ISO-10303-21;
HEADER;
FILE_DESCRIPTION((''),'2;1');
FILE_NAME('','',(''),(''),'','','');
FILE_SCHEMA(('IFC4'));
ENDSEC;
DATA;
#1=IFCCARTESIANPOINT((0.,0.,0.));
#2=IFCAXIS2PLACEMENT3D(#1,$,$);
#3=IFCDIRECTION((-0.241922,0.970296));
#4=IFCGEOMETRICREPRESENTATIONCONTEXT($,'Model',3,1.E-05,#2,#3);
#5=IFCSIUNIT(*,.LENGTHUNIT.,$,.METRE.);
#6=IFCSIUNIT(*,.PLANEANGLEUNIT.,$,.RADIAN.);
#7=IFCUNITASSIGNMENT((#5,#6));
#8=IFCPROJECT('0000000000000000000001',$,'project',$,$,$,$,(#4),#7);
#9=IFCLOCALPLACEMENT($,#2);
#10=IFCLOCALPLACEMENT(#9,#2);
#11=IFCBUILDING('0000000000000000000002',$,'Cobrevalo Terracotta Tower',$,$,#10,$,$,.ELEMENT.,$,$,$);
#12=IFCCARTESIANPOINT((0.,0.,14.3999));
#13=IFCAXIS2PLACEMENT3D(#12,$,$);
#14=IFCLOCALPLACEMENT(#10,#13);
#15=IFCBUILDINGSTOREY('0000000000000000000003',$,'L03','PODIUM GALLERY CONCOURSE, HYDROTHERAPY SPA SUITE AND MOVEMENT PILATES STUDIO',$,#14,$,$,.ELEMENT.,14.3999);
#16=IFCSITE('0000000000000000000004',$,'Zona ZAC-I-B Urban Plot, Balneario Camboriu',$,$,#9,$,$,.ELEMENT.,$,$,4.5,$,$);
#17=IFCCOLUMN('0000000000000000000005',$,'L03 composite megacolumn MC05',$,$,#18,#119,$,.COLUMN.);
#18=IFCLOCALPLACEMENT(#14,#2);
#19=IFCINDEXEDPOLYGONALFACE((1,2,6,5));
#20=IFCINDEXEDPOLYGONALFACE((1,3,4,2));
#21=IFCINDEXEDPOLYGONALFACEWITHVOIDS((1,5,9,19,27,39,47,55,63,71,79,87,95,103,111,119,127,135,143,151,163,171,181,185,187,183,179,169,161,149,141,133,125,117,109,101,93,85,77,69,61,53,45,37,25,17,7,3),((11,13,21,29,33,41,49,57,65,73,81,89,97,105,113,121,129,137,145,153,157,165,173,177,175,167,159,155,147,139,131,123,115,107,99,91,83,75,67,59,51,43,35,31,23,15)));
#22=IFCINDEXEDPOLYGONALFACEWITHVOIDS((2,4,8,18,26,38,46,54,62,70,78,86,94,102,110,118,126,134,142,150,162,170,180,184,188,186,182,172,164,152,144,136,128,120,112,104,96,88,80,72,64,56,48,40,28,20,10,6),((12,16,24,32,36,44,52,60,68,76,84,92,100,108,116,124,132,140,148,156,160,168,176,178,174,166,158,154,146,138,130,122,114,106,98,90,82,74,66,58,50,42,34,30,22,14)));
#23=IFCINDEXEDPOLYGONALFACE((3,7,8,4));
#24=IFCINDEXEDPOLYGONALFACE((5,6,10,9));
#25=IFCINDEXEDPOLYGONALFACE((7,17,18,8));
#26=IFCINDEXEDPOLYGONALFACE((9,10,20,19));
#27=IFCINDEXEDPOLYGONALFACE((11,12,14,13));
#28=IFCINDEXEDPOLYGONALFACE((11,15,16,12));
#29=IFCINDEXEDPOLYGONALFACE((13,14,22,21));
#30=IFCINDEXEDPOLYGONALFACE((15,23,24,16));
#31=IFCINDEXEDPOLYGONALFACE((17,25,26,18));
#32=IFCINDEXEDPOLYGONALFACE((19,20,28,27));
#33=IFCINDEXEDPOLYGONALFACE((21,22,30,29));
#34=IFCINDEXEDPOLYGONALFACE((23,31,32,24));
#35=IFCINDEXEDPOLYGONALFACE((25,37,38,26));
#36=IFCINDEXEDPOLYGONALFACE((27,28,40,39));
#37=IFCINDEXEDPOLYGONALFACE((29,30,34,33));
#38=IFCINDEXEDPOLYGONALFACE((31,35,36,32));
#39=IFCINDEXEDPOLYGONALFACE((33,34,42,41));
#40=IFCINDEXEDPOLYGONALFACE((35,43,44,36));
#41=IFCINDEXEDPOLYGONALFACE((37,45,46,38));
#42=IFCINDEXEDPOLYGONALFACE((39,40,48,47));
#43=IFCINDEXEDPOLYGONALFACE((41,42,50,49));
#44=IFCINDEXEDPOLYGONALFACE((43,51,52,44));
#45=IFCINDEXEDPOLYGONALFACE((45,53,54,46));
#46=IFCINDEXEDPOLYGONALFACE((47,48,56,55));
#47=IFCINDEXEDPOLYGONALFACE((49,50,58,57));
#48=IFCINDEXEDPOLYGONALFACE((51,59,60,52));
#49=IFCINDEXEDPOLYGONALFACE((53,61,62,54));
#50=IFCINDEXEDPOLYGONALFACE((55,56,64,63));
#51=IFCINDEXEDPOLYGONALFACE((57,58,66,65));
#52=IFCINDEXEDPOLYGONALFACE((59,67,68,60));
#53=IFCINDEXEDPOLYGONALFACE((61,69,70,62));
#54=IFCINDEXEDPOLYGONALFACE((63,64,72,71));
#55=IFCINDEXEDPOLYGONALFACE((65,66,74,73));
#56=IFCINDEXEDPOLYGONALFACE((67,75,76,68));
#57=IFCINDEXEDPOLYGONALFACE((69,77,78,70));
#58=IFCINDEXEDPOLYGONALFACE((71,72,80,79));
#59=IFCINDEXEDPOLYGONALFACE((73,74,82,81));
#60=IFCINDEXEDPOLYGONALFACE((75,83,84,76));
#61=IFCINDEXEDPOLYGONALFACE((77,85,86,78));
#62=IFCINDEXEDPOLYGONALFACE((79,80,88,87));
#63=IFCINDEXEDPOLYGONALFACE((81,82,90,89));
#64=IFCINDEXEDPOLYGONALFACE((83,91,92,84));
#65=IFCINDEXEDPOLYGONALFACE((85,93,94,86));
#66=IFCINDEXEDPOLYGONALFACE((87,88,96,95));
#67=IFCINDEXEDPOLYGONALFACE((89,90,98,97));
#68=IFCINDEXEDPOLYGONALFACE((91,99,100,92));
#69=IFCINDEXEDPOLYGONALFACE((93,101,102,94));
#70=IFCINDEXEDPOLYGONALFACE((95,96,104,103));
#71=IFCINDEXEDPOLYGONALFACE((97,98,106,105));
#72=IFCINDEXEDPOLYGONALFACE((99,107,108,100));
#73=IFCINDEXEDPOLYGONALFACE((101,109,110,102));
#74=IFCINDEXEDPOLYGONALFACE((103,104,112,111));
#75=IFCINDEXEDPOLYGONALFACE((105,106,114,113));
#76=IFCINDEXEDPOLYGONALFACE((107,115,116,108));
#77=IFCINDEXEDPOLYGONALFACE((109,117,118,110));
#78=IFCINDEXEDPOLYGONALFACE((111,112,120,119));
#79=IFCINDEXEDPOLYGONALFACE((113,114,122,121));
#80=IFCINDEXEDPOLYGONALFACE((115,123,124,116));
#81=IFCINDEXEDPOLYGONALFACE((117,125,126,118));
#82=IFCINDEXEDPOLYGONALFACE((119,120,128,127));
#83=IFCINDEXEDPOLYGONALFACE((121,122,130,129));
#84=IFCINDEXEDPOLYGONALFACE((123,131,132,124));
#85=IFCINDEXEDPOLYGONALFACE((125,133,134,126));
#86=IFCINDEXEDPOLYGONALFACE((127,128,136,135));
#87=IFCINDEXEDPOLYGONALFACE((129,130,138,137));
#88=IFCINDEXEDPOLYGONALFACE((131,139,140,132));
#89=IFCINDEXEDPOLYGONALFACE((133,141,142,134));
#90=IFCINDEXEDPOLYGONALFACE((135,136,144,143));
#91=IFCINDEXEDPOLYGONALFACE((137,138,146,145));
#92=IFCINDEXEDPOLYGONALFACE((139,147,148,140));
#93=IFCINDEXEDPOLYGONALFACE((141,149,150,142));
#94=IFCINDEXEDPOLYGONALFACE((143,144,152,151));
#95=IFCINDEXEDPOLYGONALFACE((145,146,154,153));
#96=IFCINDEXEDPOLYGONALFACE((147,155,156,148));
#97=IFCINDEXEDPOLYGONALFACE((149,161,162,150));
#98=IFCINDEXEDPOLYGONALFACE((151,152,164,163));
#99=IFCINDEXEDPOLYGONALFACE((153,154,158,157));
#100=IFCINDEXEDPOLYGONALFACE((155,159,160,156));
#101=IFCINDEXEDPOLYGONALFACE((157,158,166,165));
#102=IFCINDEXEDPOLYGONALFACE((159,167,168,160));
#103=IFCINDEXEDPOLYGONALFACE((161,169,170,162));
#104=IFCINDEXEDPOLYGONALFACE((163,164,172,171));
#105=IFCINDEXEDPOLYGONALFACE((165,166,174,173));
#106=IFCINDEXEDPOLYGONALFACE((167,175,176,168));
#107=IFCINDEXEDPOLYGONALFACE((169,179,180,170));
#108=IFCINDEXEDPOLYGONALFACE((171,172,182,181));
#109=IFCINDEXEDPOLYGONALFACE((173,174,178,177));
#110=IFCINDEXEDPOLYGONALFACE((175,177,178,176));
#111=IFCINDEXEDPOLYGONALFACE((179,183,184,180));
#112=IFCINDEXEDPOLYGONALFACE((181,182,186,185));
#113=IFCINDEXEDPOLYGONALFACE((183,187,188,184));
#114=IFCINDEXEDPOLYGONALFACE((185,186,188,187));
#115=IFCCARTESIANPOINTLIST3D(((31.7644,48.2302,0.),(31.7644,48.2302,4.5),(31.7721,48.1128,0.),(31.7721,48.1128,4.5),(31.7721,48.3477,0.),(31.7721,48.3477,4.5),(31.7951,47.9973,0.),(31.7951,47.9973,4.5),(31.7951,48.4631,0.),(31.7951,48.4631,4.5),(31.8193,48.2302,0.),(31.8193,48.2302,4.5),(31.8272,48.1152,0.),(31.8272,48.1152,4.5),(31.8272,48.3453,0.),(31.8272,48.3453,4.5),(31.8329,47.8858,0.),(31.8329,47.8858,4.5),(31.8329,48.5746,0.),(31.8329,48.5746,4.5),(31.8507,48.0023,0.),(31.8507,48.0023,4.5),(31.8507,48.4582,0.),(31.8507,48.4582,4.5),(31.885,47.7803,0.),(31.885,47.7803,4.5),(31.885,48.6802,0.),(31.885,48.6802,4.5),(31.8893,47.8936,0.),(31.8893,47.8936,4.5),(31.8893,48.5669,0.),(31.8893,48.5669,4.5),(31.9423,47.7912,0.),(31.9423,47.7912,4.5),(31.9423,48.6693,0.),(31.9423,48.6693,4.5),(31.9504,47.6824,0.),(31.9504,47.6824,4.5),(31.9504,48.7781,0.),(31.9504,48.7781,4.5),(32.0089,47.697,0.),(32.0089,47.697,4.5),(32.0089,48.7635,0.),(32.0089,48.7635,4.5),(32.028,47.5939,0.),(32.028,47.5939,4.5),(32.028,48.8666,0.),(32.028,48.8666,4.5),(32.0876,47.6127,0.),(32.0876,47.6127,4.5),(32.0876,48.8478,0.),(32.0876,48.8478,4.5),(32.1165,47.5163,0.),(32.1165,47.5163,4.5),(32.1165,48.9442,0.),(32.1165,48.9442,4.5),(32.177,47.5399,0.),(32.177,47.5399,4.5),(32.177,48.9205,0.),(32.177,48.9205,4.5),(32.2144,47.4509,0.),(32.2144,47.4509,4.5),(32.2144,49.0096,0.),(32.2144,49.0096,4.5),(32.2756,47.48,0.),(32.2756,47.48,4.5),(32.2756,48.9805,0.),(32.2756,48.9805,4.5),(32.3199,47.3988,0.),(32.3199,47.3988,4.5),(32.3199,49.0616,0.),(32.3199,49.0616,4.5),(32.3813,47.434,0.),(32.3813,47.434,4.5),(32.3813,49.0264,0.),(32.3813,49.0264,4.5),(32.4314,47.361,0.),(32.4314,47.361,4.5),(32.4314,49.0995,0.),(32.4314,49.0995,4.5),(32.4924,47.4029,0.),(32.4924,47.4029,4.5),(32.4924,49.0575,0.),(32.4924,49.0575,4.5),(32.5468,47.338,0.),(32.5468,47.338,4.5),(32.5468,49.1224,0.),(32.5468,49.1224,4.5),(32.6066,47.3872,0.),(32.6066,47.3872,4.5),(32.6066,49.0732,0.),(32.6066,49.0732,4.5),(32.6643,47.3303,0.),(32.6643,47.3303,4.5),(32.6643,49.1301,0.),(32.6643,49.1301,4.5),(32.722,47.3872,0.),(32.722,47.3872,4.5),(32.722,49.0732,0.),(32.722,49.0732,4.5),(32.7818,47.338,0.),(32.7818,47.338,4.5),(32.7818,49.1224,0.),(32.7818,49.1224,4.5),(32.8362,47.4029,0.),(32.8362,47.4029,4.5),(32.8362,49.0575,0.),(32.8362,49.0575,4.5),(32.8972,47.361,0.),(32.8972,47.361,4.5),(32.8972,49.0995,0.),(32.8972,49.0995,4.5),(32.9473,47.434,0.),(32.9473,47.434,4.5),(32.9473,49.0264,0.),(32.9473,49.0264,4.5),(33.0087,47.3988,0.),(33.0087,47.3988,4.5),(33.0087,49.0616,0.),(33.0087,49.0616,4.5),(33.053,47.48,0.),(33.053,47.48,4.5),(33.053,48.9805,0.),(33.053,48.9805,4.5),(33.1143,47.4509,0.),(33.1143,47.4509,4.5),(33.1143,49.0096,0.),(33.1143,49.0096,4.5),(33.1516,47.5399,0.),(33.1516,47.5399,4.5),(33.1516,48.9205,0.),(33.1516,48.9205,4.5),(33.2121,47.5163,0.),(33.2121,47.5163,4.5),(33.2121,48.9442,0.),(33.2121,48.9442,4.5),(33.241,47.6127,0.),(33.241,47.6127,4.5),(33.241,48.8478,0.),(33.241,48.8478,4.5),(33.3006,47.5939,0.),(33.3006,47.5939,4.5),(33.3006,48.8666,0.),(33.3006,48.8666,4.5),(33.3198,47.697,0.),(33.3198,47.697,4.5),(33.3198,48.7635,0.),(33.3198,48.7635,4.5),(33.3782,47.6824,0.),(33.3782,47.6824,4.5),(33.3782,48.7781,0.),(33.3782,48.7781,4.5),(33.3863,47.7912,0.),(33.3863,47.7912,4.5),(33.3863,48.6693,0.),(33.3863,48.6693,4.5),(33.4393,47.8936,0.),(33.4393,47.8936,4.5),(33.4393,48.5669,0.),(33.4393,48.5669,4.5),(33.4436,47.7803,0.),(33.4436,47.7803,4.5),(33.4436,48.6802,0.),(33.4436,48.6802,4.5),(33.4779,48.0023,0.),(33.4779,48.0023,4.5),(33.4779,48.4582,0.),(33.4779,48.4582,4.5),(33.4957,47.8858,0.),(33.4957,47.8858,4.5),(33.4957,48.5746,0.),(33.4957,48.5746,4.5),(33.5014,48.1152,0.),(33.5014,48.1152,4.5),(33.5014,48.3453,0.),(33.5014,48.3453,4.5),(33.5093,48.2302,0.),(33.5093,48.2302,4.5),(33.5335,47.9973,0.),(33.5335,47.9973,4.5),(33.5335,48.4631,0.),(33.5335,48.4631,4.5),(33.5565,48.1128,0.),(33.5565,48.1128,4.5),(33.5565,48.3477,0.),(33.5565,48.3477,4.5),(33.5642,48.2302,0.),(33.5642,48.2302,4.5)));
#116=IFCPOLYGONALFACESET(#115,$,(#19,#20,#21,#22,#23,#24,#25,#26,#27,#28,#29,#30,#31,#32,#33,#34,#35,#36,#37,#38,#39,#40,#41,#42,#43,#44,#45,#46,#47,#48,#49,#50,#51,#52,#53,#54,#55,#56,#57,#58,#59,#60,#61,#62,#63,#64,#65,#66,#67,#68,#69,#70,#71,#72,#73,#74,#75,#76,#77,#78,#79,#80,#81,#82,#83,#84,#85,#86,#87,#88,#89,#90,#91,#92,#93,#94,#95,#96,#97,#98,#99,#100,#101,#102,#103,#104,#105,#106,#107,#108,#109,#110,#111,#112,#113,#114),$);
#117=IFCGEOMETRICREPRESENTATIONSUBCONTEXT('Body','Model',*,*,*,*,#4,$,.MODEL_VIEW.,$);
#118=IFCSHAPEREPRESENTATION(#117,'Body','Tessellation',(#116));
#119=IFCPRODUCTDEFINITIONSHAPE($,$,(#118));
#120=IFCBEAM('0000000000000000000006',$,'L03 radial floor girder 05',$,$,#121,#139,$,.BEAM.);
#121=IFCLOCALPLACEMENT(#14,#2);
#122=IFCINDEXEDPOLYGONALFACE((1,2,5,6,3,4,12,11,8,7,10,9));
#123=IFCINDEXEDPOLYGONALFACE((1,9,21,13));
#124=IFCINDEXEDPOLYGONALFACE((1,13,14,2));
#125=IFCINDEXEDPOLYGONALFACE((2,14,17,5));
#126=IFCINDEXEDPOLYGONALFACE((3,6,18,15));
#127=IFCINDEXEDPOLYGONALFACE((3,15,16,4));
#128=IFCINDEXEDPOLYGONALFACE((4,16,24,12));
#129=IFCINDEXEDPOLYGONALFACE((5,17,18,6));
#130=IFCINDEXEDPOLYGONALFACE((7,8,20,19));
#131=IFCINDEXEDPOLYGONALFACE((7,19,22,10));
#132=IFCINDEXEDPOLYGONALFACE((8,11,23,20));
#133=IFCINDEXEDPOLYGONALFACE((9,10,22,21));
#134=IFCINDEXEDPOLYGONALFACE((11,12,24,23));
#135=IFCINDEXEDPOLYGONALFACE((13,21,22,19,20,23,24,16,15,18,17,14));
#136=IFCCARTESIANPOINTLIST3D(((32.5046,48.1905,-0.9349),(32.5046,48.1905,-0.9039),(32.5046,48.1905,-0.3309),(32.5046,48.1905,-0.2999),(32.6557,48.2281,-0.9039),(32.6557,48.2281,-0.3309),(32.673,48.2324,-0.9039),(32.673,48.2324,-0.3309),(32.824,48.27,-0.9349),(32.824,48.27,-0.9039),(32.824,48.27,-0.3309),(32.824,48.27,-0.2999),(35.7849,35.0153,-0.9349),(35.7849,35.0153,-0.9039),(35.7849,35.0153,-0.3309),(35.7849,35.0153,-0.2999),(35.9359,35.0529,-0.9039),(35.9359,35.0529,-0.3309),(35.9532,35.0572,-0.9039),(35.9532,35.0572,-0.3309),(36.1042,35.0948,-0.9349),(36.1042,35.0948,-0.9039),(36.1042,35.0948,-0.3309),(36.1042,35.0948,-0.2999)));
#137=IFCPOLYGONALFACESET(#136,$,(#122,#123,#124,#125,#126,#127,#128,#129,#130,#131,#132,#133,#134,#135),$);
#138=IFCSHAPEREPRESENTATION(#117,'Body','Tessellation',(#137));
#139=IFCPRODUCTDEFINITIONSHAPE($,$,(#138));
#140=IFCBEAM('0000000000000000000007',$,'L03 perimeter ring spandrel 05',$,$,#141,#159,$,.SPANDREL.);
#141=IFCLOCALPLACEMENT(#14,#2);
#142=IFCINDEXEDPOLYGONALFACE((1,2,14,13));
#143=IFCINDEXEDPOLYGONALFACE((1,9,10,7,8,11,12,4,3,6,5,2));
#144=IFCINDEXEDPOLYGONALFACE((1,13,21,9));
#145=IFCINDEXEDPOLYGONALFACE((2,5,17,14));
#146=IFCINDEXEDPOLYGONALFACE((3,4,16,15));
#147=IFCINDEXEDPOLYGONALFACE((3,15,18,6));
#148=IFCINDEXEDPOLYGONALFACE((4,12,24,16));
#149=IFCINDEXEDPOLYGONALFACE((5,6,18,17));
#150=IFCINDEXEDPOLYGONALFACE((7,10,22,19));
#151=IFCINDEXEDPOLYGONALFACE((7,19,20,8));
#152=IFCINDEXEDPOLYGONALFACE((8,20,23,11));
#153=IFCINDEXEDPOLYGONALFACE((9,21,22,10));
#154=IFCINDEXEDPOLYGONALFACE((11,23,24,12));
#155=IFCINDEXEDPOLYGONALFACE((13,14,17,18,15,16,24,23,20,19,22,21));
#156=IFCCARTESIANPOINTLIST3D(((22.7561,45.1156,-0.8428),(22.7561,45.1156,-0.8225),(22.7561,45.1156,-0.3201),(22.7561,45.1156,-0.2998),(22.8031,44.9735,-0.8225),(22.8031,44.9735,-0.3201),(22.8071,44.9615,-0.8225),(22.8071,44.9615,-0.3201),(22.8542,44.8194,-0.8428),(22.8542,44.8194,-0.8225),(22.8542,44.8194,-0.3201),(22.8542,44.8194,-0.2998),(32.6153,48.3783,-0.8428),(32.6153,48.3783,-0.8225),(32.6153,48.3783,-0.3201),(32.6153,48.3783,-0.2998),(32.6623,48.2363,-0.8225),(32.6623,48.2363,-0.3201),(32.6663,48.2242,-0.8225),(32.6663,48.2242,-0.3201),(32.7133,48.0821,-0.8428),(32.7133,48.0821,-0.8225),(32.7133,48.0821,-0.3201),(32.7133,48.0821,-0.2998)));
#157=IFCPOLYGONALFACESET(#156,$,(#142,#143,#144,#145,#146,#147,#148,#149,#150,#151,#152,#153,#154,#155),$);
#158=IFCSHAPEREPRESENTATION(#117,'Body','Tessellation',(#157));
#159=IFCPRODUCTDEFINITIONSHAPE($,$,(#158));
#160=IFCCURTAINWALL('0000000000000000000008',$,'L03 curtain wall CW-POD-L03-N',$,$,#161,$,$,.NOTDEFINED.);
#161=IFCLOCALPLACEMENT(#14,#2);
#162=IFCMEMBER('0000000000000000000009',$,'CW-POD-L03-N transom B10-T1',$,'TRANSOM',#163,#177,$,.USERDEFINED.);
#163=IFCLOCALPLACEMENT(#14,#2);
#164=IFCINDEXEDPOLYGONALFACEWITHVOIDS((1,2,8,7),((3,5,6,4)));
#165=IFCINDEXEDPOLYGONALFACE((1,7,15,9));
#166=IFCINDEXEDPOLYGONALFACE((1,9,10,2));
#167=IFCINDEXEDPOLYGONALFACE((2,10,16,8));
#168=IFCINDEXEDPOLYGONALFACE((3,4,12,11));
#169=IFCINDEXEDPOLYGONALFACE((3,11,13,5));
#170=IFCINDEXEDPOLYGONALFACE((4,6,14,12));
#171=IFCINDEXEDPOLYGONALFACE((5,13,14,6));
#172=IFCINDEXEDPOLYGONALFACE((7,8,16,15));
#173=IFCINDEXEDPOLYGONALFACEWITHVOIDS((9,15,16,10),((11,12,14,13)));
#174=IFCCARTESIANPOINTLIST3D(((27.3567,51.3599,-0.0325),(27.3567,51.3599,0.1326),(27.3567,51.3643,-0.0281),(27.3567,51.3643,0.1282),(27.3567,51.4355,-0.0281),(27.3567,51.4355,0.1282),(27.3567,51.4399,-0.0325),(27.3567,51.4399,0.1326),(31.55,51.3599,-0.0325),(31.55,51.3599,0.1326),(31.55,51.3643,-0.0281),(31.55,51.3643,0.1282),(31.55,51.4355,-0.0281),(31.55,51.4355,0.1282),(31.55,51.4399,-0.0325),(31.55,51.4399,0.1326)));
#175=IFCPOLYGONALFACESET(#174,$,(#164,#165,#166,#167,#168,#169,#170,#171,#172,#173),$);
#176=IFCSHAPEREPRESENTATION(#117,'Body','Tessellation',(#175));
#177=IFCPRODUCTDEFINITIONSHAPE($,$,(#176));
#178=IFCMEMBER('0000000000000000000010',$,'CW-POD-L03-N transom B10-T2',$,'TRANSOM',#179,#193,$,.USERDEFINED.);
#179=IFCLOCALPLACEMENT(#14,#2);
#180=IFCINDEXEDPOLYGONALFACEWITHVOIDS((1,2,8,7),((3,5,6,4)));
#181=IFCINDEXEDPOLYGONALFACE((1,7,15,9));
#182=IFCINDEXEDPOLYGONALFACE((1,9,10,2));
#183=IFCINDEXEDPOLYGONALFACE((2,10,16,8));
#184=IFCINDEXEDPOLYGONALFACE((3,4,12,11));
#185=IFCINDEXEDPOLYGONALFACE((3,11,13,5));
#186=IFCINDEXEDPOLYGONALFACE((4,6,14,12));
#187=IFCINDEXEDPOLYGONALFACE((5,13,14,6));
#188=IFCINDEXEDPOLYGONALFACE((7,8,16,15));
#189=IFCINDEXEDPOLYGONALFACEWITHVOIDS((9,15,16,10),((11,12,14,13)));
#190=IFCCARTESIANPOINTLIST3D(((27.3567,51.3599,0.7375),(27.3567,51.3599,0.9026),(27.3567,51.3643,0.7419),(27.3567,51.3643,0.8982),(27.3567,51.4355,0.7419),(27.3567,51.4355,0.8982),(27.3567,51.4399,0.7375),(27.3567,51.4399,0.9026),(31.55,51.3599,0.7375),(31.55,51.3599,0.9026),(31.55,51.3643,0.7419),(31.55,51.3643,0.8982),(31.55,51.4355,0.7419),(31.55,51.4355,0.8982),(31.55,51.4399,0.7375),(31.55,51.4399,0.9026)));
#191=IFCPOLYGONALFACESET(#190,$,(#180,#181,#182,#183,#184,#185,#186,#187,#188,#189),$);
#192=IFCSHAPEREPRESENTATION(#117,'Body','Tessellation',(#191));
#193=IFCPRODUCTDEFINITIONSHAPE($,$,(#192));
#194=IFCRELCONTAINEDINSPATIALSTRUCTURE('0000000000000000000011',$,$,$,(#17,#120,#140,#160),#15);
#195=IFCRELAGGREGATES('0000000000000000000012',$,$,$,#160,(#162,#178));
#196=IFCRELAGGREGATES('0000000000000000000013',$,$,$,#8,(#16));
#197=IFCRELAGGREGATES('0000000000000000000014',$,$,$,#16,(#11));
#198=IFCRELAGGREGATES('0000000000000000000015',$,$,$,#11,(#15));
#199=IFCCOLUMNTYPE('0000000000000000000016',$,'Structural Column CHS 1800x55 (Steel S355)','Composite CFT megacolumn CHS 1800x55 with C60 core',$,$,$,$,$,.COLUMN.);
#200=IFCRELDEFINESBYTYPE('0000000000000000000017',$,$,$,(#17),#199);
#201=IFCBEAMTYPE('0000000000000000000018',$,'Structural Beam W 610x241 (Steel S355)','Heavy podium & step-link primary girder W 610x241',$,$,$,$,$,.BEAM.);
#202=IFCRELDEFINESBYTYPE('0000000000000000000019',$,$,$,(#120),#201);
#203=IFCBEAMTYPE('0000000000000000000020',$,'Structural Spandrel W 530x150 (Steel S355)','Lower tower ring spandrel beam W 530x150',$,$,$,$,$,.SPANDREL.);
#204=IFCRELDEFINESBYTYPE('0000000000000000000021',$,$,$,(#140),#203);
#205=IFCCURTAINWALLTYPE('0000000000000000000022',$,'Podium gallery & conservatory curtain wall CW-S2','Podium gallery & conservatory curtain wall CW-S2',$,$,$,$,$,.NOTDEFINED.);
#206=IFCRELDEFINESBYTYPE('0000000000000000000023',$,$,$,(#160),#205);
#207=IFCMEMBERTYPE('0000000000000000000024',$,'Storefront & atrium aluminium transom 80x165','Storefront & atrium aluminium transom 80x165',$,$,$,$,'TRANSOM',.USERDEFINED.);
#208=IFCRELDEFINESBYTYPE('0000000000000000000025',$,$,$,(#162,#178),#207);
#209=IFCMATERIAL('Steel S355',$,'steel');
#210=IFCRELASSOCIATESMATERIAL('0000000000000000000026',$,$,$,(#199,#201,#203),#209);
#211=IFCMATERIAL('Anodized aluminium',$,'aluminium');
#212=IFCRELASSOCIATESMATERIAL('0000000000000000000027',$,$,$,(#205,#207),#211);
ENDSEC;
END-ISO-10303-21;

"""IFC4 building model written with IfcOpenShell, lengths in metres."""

from ifc_helpers import new_model, si_unit, direction, frame, origin, origin_2d, place, context, subcontext, project, spatial, hollow_rectangle, hollow_circle, i_section, extrude, source, transform, mapped, material, material_profile, profile_set, type_object, element, aggregate, save


model = new_model("IFC4")

# Units and contexts
model_context = context("Model", 3, precision=1e-05, world=origin(), true_north=direction((-0.241922, 0.970296)))
body_context = subcontext(model_context, "Body", "Model", "MODEL_VIEW")
ifc_project = project(units=[si_unit("LENGTHUNIT", "METRE"), si_unit("PLANEANGLEUNIT", "RADIAN")], contexts=[model_context])

# Site, building, storey
site_placement = place(None, origin())
site = spatial("IfcSite", under=ifc_project, at=site_placement, Name="Zona ZAC-I-B Urban Plot, Balneario Camboriu", CompositionType="ELEMENT", RefElevation=4.5)
building_placement = place(site_placement, origin())
building = spatial("IfcBuilding", under=site, at=building_placement, Name="Cobrevalo Terracotta Tower", CompositionType="ELEMENT")
storey_placement = place(building_placement, frame((0.0, 0.0, 14.3999)))
storey = spatial("IfcBuildingStorey", under=building, at=storey_placement, Name="L03", Description="PODIUM GALLERY CONCOURSE, HYDROTHERAPY SPA SUITE AND MOVEMENT PILATES STUDIO", CompositionType="ELEMENT", Elevation=14.3999)

# Column
ifc_material_1 = material(Name="Steel S355", Category="steel")
ifc_material_profile_1 = material_profile(ifc_material_1, hollow_circle(Radius=0.8999, WallThickness=0.0549, at=origin_2d()), Name="CHS 1800x55")
ifc_profile_set_1 = profile_set([ifc_material_profile_1], Name="Steel S355")
column_type = type_object("IfcColumnType", Name="Structural Column CHS 1800x55 (Steel S355)", Description="Composite CFT megacolumn CHS 1800x55 with C60 core", PredefinedType="COLUMN", material=ifc_profile_set_1)
column_placement = place(storey_placement, frame((32.6643, 48.2302, 0.0), z_axis=(0.0, 0.0, 1.0), x_axis=(1.0, 0.0, 0.0)))
element("IfcColumn", 1, at=column_placement, inside=storey, type_object=column_type, Name="L03 composite megacolumn MC05", PredefinedType="COLUMN", context=body_context, shape_type="SweptSolid", body=[
    extrude(hollow_circle(Radius=0.8999, WallThickness=0.0549, at=origin_2d()), origin(), (0.0, 0.0, 1.0), 4.5),
])

# Beams
ifc_material_profile_2 = material_profile(ifc_material_1, i_section(OverallWidth=0.3291, OverallDepth=0.635, WebThickness=0.0178, FlangeThickness=0.031, at=origin_2d()), Name="W 610x241")
ifc_profile_set_2 = profile_set([ifc_material_profile_2], Name="Steel S355")
beam_type_1 = type_object("IfcBeamType", Name="Structural Beam W 610x241 (Steel S355)", Description="Heavy podium & step-link primary girder W 610x241", PredefinedType="BEAM", material=ifc_profile_set_2)
beam_1_placement = place(storey_placement, frame((32.6643, 48.2302, -0.6174), z_axis=(0.241596, -0.970377, 0.0), x_axis=(0.970377, 0.241596, 0.0)))
element("IfcBeam", 2, at=beam_1_placement, inside=storey, type_object=beam_type_1, Name="L03 radial floor girder 05", PredefinedType="BEAM", context=body_context, shape_type="SweptSolid", body=[
    extrude(i_section(OverallWidth=0.3291, OverallDepth=0.635, WebThickness=0.0178, FlangeThickness=0.031, at=origin_2d()), origin(), (0.0, 0.0, 1.0), 13.5774),
])
ifc_material_profile_3 = material_profile(ifc_material_1, i_section(OverallWidth=0.312, OverallDepth=0.543, WebThickness=0.0127, FlangeThickness=0.0203, at=origin_2d()), Name="W 530x150")
ifc_profile_set_3 = profile_set([ifc_material_profile_3], Name="Steel S355")
beam_type_2 = type_object("IfcBeamType", Name="Structural Spandrel W 530x150 (Steel S355)", Description="Lower tower ring spandrel beam W 530x150", PredefinedType="SPANDREL", material=ifc_profile_set_3)
beam_2_placement = place(storey_placement, frame((32.6643, 48.2302, -0.5713), z_axis=(-0.949365, -0.314175, 0.0), x_axis=(0.314175, -0.949365, 0.0)))
element("IfcBeam", 3, at=beam_2_placement, inside=storey, type_object=beam_type_2, Name="L03 perimeter ring spandrel 05", PredefinedType="SPANDREL", context=body_context, shape_type="SweptSolid", body=[
    extrude(i_section(OverallWidth=0.312, OverallDepth=0.543, WebThickness=0.0127, FlangeThickness=0.0203, at=origin_2d()), origin(), (0.0, 0.0, 1.0), 10.385),
])

# Curtain wall, members
ifc_material_2 = material(Name="Anodized aluminium", Category="aluminium")
curtain_wall_type = type_object("IfcCurtainWallType", Name="Podium gallery & conservatory curtain wall CW-S2", Description="Podium gallery & conservatory curtain wall CW-S2", PredefinedType="NOTDEFINED", material=ifc_material_2)
curtain_wall_placement = place(storey_placement, origin())
curtain_wall = element("IfcCurtainWall", 4, at=curtain_wall_placement, inside=storey, type_object=curtain_wall_type, Name="L03 curtain wall CW-POD-L03-N", PredefinedType="NOTDEFINED")
ifc_material_profile_4 = material_profile(ifc_material_2, hollow_rectangle(XDim=0.0801, YDim=0.165, WallThickness=0.0044, at=origin_2d()), Name="CWT 80x165")
ifc_profile_set_4 = profile_set([ifc_material_profile_4], Name="Anodized aluminium")
member_type_1 = type_object("IfcMemberType", Name="Storefront & atrium aluminium transom 80x165", Description="Storefront & atrium aluminium transom 80x165", ElementType="TRANSOM", PredefinedType="USERDEFINED", material=ifc_profile_set_4)
shared_shape_1 = source(origin(), body_context, "Body", "SweptSolid", [
    extrude(hollow_rectangle(XDim=0.0801, YDim=0.165, WallThickness=0.0044, at=origin_2d()), origin(), (0.0, 0.0, 1.0), 4.1934),
])
member_1_placement = place(storey_placement, frame((31.55, 51.3999, 0.05), z_axis=(-1.0, 0.0, 0.0), x_axis=(0.0, -1.0, 0.0)))
member_1 = element("IfcMember", 5, at=member_1_placement, type_object=member_type_1, Name="CW-POD-L03-N transom B10-T1", ObjectType="TRANSOM", PredefinedType="USERDEFINED", context=body_context, shape_type="MappedRepresentation", body=[
    mapped(shared_shape_1, transform((0.0, 0.0, 0.0), scale=1.0)),
])
member_2_placement = place(storey_placement, frame((31.55, 51.3999, 0.8201), z_axis=(-1.0, 0.0, 0.0), x_axis=(0.0, -1.0, 0.0)))
member_2 = element("IfcMember", 6, at=member_2_placement, type_object=member_type_1, Name="CW-POD-L03-N transom B10-T2", ObjectType="TRANSOM", PredefinedType="USERDEFINED", context=body_context, shape_type="MappedRepresentation", body=[
    mapped(shared_shape_1, transform((0.0, 0.0, 0.0), scale=1.0)),
])
aggregate(curtain_wall, [member_1, member_2])

save(model, "model.ifc")
